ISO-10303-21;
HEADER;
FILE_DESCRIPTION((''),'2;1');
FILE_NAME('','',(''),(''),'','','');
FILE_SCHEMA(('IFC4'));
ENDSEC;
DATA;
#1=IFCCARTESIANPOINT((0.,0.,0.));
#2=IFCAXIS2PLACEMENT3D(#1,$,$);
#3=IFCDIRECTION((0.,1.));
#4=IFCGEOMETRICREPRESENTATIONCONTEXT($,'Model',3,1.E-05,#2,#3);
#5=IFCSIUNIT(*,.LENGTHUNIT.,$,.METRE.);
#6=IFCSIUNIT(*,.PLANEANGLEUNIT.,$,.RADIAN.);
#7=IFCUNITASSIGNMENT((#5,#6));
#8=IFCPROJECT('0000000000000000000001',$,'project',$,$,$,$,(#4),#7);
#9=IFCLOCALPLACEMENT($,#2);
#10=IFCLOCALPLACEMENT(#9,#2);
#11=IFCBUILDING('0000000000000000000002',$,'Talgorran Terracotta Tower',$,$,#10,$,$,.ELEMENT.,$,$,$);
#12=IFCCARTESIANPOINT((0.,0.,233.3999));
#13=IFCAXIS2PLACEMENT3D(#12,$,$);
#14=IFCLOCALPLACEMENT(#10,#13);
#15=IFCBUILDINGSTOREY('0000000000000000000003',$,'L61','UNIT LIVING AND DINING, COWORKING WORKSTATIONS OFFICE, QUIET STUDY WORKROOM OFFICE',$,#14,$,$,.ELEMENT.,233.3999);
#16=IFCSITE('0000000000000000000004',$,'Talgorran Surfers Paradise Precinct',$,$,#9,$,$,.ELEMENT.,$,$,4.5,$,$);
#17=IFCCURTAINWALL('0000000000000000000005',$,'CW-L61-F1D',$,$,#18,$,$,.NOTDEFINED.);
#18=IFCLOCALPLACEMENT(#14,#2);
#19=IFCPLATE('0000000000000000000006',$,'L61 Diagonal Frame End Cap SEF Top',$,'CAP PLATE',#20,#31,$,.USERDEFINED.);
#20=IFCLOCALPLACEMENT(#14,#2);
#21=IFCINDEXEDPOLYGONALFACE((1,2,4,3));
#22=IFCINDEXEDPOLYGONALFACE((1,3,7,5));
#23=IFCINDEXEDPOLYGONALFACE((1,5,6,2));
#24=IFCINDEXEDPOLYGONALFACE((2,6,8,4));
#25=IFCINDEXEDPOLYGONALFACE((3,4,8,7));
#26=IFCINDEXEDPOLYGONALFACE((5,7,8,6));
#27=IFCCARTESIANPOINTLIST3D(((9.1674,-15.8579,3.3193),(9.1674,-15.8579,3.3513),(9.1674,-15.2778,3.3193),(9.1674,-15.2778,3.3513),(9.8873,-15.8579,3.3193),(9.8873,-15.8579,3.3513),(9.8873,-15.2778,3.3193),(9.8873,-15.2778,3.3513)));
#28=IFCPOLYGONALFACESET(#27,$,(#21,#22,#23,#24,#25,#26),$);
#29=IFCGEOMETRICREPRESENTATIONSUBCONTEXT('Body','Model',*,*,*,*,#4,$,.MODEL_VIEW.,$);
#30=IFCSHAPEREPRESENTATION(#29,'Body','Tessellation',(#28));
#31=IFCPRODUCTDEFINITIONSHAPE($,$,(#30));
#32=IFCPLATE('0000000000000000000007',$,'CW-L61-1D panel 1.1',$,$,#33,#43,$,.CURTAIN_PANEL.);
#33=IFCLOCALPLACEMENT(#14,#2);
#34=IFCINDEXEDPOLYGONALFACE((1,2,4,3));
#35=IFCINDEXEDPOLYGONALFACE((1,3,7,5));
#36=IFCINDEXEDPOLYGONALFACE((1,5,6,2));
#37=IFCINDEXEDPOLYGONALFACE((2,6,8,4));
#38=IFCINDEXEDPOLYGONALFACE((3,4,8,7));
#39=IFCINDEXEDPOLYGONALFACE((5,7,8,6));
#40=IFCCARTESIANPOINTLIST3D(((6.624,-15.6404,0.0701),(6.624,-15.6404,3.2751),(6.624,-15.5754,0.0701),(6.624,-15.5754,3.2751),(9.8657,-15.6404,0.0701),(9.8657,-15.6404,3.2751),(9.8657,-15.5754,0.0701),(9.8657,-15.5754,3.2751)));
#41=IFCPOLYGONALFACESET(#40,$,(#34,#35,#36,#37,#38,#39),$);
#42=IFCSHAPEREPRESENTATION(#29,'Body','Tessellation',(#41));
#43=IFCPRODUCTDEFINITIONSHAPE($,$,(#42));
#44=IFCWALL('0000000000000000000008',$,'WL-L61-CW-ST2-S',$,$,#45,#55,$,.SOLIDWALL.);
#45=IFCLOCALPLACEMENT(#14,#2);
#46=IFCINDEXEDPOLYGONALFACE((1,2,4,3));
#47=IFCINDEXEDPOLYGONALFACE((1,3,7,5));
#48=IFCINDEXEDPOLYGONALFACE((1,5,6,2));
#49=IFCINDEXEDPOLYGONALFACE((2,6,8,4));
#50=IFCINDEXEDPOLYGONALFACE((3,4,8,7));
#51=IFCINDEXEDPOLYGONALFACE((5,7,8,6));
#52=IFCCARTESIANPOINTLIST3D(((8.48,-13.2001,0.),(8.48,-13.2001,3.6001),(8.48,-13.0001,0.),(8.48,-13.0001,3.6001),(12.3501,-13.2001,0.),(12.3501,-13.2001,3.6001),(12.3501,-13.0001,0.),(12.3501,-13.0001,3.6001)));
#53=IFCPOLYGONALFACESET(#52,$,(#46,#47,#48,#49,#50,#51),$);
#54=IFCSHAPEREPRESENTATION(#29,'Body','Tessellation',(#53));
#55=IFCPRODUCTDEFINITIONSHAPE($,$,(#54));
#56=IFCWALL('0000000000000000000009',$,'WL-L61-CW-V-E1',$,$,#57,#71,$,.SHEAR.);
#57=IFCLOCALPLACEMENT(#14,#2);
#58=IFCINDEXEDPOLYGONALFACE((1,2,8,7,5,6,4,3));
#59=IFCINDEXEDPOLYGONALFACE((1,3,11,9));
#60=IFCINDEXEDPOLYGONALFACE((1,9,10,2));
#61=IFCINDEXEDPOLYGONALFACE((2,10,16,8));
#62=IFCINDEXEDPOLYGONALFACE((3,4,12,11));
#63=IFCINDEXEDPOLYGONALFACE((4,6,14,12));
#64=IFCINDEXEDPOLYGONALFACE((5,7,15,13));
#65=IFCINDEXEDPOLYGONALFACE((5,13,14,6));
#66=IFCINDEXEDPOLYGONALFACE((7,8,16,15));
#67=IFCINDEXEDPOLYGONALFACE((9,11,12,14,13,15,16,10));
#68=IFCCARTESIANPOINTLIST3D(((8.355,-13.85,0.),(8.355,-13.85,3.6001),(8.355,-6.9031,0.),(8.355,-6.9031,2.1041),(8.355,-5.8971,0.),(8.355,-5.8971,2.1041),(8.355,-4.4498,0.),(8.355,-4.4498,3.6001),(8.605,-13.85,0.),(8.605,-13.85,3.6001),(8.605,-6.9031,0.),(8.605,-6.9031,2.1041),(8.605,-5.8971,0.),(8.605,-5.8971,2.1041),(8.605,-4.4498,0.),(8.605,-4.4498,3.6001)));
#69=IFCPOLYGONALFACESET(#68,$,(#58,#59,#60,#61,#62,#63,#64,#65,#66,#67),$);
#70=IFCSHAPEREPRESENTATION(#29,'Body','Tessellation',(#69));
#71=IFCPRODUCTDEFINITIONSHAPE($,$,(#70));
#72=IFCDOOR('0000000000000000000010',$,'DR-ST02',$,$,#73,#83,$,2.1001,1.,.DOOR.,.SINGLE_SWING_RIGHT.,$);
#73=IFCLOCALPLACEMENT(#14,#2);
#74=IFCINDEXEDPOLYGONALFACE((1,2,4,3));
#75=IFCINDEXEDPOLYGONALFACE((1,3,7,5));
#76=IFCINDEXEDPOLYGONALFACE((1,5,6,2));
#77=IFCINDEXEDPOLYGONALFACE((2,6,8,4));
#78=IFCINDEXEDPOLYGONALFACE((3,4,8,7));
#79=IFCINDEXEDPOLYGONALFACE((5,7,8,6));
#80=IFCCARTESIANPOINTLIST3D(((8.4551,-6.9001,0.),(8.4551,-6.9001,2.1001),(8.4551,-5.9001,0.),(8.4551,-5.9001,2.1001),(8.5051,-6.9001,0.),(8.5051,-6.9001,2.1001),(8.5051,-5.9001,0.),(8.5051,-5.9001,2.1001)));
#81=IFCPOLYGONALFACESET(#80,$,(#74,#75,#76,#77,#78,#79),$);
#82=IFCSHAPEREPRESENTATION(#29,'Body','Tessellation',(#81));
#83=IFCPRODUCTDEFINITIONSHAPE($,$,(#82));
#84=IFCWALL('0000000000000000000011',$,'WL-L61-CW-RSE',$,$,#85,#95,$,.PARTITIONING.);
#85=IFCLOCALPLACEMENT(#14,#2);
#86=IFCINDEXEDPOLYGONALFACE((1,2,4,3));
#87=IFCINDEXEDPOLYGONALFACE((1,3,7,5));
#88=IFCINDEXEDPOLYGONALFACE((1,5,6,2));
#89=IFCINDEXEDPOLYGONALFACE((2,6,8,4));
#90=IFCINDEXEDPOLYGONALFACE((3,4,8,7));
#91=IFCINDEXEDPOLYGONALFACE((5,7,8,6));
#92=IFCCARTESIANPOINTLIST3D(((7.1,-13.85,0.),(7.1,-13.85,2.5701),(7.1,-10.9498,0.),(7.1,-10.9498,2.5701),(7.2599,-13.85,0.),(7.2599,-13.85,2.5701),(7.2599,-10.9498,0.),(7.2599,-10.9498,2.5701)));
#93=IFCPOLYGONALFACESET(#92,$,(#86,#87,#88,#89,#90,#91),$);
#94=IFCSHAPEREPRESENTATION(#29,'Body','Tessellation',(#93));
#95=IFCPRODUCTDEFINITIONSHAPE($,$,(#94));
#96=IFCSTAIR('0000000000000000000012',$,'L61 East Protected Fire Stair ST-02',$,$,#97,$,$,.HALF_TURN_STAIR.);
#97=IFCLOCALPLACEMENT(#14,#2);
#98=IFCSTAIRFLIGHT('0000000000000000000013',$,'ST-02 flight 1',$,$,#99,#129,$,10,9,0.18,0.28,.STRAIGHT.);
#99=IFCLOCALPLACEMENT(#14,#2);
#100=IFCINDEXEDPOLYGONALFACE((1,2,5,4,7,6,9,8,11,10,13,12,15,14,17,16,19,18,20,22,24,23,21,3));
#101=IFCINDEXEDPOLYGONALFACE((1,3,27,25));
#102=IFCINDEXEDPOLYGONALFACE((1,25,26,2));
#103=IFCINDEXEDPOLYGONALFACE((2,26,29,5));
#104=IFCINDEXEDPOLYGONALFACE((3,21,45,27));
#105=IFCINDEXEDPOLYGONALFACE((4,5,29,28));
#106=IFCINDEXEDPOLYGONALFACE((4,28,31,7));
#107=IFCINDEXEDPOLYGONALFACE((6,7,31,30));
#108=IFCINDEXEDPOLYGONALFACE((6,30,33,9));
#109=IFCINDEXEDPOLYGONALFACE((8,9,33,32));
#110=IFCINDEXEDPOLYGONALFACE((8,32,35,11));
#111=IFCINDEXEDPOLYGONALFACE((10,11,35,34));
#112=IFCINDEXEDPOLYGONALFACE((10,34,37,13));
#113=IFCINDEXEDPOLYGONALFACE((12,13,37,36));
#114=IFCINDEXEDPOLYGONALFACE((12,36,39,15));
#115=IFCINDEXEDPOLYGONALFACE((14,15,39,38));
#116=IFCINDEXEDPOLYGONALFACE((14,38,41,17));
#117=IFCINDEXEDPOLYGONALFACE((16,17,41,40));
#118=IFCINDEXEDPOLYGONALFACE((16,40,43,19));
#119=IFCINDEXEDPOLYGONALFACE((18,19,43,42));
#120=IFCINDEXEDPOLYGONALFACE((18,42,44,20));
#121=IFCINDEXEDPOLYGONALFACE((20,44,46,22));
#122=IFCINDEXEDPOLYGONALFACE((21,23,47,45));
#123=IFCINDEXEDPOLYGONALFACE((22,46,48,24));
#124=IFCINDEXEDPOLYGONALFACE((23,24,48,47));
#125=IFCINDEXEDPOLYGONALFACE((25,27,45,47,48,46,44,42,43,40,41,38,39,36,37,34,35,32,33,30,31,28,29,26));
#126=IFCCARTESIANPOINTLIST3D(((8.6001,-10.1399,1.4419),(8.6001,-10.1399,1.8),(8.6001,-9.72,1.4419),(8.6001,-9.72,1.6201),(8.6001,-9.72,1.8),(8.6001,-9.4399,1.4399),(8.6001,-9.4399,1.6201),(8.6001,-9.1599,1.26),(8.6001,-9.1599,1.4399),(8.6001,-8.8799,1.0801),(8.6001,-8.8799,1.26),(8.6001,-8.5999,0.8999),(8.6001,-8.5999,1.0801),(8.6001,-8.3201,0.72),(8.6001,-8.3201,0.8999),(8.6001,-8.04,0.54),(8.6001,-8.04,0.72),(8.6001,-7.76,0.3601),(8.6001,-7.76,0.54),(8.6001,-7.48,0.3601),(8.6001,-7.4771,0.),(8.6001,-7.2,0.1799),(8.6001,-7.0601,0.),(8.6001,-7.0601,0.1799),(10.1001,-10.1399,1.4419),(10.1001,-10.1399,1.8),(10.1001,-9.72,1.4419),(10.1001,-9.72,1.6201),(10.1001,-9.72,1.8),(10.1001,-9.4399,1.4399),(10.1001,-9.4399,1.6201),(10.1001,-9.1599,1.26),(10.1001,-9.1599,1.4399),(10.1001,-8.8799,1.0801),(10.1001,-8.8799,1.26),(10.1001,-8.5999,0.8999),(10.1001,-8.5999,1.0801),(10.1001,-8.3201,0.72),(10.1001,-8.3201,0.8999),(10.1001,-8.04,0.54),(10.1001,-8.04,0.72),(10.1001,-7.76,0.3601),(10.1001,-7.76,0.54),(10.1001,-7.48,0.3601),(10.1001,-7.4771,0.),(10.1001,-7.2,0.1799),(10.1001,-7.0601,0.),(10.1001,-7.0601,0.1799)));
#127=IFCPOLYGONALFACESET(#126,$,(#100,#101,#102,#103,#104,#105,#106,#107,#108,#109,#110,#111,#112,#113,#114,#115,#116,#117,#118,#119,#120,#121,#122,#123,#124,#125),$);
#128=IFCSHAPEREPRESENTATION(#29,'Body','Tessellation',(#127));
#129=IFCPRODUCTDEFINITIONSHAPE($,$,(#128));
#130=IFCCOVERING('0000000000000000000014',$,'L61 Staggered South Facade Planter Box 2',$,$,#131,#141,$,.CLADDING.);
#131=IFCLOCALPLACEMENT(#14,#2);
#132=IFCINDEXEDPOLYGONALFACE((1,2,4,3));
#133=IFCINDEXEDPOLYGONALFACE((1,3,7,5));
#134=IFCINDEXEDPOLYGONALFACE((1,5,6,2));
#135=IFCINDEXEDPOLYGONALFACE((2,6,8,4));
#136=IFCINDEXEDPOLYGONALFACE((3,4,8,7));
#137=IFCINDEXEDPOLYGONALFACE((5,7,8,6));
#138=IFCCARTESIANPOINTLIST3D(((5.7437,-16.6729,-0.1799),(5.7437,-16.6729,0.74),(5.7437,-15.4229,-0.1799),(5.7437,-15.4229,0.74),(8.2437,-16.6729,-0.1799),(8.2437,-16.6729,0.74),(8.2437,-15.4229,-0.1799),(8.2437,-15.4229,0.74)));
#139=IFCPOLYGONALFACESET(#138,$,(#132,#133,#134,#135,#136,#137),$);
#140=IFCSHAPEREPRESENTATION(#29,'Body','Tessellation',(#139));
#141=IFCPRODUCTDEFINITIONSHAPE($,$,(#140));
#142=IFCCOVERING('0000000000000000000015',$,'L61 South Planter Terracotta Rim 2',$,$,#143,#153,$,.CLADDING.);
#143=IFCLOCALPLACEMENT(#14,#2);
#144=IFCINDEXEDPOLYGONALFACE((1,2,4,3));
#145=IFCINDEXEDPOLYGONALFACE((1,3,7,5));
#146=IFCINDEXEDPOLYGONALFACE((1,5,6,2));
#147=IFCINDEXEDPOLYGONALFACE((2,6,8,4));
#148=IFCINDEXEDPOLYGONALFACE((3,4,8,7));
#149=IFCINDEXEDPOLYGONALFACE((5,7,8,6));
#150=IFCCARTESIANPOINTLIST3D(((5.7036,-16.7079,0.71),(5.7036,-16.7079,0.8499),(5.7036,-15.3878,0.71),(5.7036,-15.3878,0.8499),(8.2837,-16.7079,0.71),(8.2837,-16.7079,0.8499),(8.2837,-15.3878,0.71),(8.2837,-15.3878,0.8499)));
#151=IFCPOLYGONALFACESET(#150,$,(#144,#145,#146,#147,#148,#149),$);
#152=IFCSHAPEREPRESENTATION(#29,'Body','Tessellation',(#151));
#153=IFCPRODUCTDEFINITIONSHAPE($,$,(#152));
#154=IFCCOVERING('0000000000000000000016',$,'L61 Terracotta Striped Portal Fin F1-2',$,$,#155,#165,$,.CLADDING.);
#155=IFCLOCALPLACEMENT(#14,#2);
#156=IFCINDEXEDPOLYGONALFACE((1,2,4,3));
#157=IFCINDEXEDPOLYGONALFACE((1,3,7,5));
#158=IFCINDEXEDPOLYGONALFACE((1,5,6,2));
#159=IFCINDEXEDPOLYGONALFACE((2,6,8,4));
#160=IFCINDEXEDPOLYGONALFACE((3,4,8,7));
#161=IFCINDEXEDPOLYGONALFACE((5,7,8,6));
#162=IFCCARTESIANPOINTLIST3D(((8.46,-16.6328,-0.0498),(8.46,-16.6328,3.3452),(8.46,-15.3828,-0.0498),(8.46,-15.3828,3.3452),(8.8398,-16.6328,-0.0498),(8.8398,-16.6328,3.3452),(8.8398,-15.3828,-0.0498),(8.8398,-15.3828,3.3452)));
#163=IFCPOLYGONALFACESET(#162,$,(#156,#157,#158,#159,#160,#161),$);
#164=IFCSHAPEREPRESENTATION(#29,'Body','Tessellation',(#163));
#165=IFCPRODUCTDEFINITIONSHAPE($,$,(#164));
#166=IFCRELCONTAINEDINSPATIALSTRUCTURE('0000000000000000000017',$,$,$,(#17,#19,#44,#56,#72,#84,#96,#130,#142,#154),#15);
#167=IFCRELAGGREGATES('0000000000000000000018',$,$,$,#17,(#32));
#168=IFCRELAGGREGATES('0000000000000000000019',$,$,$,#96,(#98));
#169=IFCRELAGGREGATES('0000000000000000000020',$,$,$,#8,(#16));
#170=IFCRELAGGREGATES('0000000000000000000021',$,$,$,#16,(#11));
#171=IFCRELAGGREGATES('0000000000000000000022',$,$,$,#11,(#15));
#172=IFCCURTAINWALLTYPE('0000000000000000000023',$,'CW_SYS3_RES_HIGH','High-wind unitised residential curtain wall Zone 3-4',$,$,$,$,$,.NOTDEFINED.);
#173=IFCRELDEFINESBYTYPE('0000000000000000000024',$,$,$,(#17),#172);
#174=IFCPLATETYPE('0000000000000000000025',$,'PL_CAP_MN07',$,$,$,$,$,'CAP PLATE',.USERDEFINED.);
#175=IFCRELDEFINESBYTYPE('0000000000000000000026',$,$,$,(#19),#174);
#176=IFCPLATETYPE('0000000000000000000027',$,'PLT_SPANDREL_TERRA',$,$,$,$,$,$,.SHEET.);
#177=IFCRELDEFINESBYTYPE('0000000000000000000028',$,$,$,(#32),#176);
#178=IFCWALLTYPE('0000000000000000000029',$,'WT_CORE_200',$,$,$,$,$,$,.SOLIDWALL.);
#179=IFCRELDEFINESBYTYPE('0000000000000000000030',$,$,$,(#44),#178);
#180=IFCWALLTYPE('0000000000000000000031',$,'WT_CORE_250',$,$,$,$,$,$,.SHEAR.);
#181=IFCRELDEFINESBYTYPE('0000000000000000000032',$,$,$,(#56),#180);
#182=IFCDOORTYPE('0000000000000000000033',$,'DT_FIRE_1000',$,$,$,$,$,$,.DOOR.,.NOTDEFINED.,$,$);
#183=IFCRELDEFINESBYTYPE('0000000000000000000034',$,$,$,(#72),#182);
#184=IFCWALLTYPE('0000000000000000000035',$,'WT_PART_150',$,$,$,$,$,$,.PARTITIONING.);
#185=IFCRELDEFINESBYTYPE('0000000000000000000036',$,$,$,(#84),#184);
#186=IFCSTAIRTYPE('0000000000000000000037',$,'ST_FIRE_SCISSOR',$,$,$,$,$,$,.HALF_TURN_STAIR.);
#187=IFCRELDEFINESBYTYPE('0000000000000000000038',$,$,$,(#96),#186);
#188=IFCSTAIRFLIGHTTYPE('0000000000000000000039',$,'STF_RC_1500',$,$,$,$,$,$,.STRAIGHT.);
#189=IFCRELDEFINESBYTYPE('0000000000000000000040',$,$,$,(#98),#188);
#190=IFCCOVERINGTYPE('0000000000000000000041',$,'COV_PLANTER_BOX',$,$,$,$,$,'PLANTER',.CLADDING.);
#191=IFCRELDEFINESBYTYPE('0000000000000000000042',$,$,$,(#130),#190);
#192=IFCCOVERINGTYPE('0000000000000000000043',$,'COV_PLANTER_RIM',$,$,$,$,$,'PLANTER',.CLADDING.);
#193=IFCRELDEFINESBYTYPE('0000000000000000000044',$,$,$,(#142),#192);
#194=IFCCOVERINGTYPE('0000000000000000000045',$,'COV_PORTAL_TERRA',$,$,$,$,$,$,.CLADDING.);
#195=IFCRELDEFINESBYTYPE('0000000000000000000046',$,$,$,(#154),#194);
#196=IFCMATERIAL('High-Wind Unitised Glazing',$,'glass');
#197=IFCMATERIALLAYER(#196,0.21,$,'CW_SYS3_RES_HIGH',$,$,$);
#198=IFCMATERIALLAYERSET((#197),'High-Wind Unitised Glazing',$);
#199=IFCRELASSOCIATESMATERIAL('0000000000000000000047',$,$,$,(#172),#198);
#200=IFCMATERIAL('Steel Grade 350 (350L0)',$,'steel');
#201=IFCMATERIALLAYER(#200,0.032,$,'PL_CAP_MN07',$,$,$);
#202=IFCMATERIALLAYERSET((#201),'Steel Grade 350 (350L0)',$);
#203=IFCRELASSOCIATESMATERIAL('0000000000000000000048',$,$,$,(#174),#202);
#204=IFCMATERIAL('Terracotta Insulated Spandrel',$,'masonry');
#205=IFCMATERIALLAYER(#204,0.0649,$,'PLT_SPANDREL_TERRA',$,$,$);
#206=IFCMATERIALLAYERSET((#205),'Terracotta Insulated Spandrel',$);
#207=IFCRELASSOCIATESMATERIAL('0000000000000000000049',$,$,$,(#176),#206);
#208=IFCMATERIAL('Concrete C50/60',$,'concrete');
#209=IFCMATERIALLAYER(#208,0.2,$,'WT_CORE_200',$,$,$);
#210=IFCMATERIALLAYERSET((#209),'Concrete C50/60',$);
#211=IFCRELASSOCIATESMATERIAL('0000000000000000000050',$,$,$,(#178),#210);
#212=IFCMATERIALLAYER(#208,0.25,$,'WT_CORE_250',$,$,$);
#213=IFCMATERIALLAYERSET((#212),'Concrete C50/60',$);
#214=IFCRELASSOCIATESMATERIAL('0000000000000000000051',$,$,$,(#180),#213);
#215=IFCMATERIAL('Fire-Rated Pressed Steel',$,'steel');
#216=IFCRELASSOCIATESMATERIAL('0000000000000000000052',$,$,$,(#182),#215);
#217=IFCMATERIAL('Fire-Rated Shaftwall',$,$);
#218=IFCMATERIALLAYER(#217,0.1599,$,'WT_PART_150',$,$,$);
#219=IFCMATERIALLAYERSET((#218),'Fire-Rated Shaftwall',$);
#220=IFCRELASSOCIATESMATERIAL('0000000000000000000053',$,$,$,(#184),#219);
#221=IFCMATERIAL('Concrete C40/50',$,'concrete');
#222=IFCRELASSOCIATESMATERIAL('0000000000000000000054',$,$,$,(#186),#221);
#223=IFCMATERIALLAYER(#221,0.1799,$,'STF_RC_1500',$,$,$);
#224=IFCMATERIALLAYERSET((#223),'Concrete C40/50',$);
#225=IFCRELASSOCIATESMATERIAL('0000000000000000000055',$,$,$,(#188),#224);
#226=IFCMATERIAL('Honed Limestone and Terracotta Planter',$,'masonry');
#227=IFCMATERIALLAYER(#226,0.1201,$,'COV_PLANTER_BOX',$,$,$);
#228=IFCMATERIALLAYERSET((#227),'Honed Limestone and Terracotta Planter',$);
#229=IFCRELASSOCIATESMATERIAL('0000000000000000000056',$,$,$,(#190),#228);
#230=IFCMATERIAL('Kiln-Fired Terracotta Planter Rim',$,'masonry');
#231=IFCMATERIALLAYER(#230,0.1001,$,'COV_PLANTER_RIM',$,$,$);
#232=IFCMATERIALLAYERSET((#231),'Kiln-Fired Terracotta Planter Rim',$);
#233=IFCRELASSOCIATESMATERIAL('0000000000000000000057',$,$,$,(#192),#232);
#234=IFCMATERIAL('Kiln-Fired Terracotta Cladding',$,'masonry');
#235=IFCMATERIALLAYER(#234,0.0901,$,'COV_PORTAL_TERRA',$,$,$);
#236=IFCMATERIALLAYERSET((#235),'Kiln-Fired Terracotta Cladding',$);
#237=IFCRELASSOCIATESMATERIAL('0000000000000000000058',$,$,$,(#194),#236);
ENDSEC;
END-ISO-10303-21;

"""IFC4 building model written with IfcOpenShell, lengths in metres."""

from ifc_helpers import new_model, si_unit, direction, frame, frame_2d, origin, origin_2d, place, context, subcontext, project, spatial, polyline, rectangle, outline, extrude, source, transform, mapped, material, layer, layer_set, type_object, type_shapes, element, fill, aggregate, save


model = new_model("IFC4")

# Units and contexts
model_context = context("Model", 3, precision=1e-05, world=origin(), true_north=direction((0.0, 1.0)))
body_context = subcontext(model_context, "Body", "Model", "MODEL_VIEW")
ifc_project = project(units=[si_unit("LENGTHUNIT", "METRE"), si_unit("PLANEANGLEUNIT", "RADIAN")], contexts=[model_context])

# Site, building, storey
site_placement = place(None, origin())
site = spatial("IfcSite", under=ifc_project, at=site_placement, Name="Talgorran Surfers Paradise Precinct", CompositionType="ELEMENT", RefElevation=4.5)
building_placement = place(site_placement, origin())
building = spatial("IfcBuilding", under=site, at=building_placement, Name="Talgorran Terracotta Tower", CompositionType="ELEMENT")
storey_placement = place(building_placement, frame((0.0, 0.0, 233.3999)))
storey = spatial("IfcBuildingStorey", under=building, at=storey_placement, Name="L61", Description="UNIT LIVING AND DINING, COWORKING WORKSTATIONS OFFICE, QUIET STUDY WORKROOM OFFICE", CompositionType="ELEMENT", Elevation=233.3999)

# Shared definitions
ifc_material_1 = material(Name="Steel Grade 350 (350L0)", Category="steel")

# Curtain wall
ifc_material_2 = material(Name="High-Wind Unitised Glazing", Category="glass")
ifc_layer_1 = layer(ifc_material_2, 0.21, Name="CW_SYS3_RES_HIGH")
ifc_layer_set_1 = layer_set([ifc_layer_1], Name="High-Wind Unitised Glazing")
curtain_wall_type = type_object("IfcCurtainWallType", Name="CW_SYS3_RES_HIGH", Description="High-wind unitised residential curtain wall Zone 3-4", PredefinedType="NOTDEFINED", material=ifc_layer_set_1)
curtain_wall_1_placement = place(storey_placement, origin())
curtain_wall_1 = element("IfcCurtainWall", 1, at=curtain_wall_1_placement, inside=storey, type_object=curtain_wall_type, Name="CW-L61-F1D", PredefinedType="NOTDEFINED")

# Plate
ifc_layer_2 = layer(ifc_material_1, 0.032, Name="PL_CAP_MN07")
ifc_layer_set_2 = layer_set([ifc_layer_2], Name="Steel Grade 350 (350L0)")
plate_type_1 = type_object("IfcPlateType", Name="PL_CAP_MN07", ElementType="CAP PLATE", PredefinedType="USERDEFINED", material=ifc_layer_set_2)
for number, where, z_axis, x_axis, name in (
    (2, (9.5273, -15.5679, 3.3193), (0.0, 0.0, 1.0), (1.0, 0.0, 0.0), "L61 Diagonal Frame End Cap SEF Top"),
):
    element("IfcPlate", number, at=place(storey_placement, frame(where, z_axis=z_axis, x_axis=x_axis)), inside=storey, type_object=plate_type_1, Name=name, ObjectType="CAP PLATE", PredefinedType="USERDEFINED", context=body_context, shape_type="SweptSolid", body=[
        extrude(rectangle(XDim=0.72, YDim=0.5801, at=origin_2d()), origin(), (0.0, 0.0, 1.0), 0.032),
    ])

# Plate
ifc_material_3 = material(Name="Terracotta Insulated Spandrel", Category="masonry")
ifc_layer_3 = layer(ifc_material_3, 0.0649, Name="PLT_SPANDREL_TERRA")
ifc_layer_set_3 = layer_set([ifc_layer_3], Name="Terracotta Insulated Spandrel")
plate_type_2 = type_object("IfcPlateType", Name="PLT_SPANDREL_TERRA", PredefinedType="SHEET", material=ifc_layer_set_3)
shared_shape = source(origin(), body_context, "Body", "SweptSolid", [
    extrude(rectangle(XDim=3.2417, YDim=0.0649, at=origin_2d()), origin(), (0.0, 0.0, 1.0), 3.2051),
])
type_shapes(plate_type_2, [shared_shape])
plate_placement = place(storey_placement, frame((8.2449, -15.6079, 0.0701), z_axis=(0.0, 0.0, 1.0), x_axis=(1.0, 0.0, 0.0)))
plate = element("IfcPlate", 3, at=plate_placement, type_object=plate_type_2, Name="CW-L61-1D panel 1.1", PredefinedType="CURTAIN_PANEL", context=body_context, shape_type="MappedRepresentation", body=[
    mapped(shared_shape, transform((0.0, 0.0, 0.0), scale=1.0)),
])
aggregate(curtain_wall_1, [plate])

# Wall
ifc_material_4 = material(Name="Concrete C50/60", Category="concrete")
ifc_layer_4 = layer(ifc_material_4, 0.2, Name="WT_CORE_200")
ifc_layer_set_4 = layer_set([ifc_layer_4], Name="Concrete C50/60")
wall_type_1 = type_object("IfcWallType", Name="WT_CORE_200", PredefinedType="SOLIDWALL", material=ifc_layer_set_4)
wall_1_placement = place(storey_placement, frame((8.48, -13.1001, 0.0), z_axis=(0.0, 0.0, 1.0), x_axis=(1.0, 0.0, 0.0)))
element("IfcWall", 4, at=wall_1_placement, inside=storey, type_object=wall_type_1, Name="WL-L61-CW-ST2-S", PredefinedType="SOLIDWALL", context=body_context, shape_type="SweptSolid", body=[
    extrude(rectangle(XDim=3.8701, YDim=0.2, at=frame_2d((1.9351, 0.0))), origin(), (0.0, 0.0, 1.0), 3.6001),
])

# Wall, opening, door
ifc_layer_5 = layer(ifc_material_4, 0.25, Name="WT_CORE_250")
ifc_layer_set_5 = layer_set([ifc_layer_5], Name="Concrete C50/60")
wall_type_2 = type_object("IfcWallType", Name="WT_CORE_250", PredefinedType="SHEAR", material=ifc_layer_set_5)
wall_2_placement = place(storey_placement, frame((8.48, -13.8501, 0.0), z_axis=(0.0, 0.0, 1.0), x_axis=(0.0, 1.0, 0.0)))
wall_2 = element("IfcWall", 5, at=wall_2_placement, inside=storey, type_object=wall_type_2, Name="WL-L61-CW-V-E1", PredefinedType="SHEAR", context=body_context, shape_type="SweptSolid", body=[
    extrude(rectangle(XDim=9.4001, YDim=0.25, at=frame_2d((4.7002, 0.0))), origin(), (0.0, 0.0, 1.0), 3.6001),
])
opening_placement = place(wall_2_placement, frame((6.95, 0.0, 0.0)))
opening = element("IfcOpeningElement", 6, at=opening_placement, cuts=wall_2, PredefinedType="OPENING", context=body_context, shape_type="SweptSolid", body=[
    extrude(rectangle(XDim=1.006, YDim=2.1041, at=frame_2d((0.5, 1.052))), frame((0.0, 0.135, 0.0), z_axis=(0.0, -1.0, 0.0), x_axis=(1.0, 0.0, 0.0)), (0.0, 0.0, 1.0), 0.27),
])
ifc_material_5 = material(Name="Fire-Rated Pressed Steel", Category="steel")
door_type = type_object("IfcDoorType", Name="DT_FIRE_1000", OperationType="NOTDEFINED", PredefinedType="DOOR", material=ifc_material_5)
door_placement = place(opening_placement, origin())
door = element("IfcDoor", 7, at=door_placement, inside=storey, type_object=door_type, Name="DR-ST02", OperationType="SINGLE_SWING_RIGHT", OverallHeight=2.1001, OverallWidth=1.0, PredefinedType="DOOR", context=body_context, shape_type="SweptSolid", body=[
    extrude(rectangle(XDim=1.0, YDim=2.1001, at=frame_2d((0.5, 1.05))), frame((0.0, 0.0249, 0.0), z_axis=(0.0, -1.0, 0.0), x_axis=(1.0, 0.0, 0.0)), (0.0, 0.0, 1.0), 0.05),
])
fill(opening, door)

# Wall
ifc_material_6 = material(Name="Fire-Rated Shaftwall")
ifc_layer_6 = layer(ifc_material_6, 0.1599, Name="WT_PART_150")
ifc_layer_set_6 = layer_set([ifc_layer_6], Name="Fire-Rated Shaftwall")
wall_type_3 = type_object("IfcWallType", Name="WT_PART_150", PredefinedType="PARTITIONING", material=ifc_layer_set_6)
wall_3_placement = place(storey_placement, frame((7.1799, -13.8501, 0.0), z_axis=(0.0, 0.0, 1.0), x_axis=(0.0, 1.0, 0.0)))
element("IfcWall", 8, at=wall_3_placement, inside=storey, type_object=wall_type_3, Name="WL-L61-CW-RSE", PredefinedType="PARTITIONING", context=body_context, shape_type="SweptSolid", body=[
    extrude(rectangle(XDim=2.9001, YDim=0.1599, at=frame_2d((1.4502, 0.0))), origin(), (0.0, 0.0, 1.0), 2.5701),
])

# Stair, stair flight
ifc_material_7 = material(Name="Concrete C40/50", Category="concrete")
stair_type = type_object("IfcStairType", Name="ST_FIRE_SCISSOR", PredefinedType="HALF_TURN_STAIR", material=ifc_material_7)
stair_placement = place(storey_placement, origin())
stair = element("IfcStair", 9, at=stair_placement, inside=storey, type_object=stair_type, Name="L61 East Protected Fire Stair ST-02", PredefinedType="HALF_TURN_STAIR")
ifc_layer_7 = layer(ifc_material_7, 0.1799, Name="STF_RC_1500")
ifc_layer_set_7 = layer_set([ifc_layer_7], Name="Concrete C40/50")
stair_flight_type = type_object("IfcStairFlightType", Name="STF_RC_1500", PredefinedType="STRAIGHT", material=ifc_layer_set_7)
stair_flight_placement = place(storey_placement, frame((9.3501, -7.2, 0.0), z_axis=(0.0, 0.0, 1.0), x_axis=(0.0, -1.0, 0.0)))
stair_flight = element("IfcStairFlight", 10, at=stair_flight_placement, type_object=stair_flight_type, Name="ST-02 flight 1", NumberOfRisers=10, NumberOfTreads=9, PredefinedType="STRAIGHT", RiserHeight=0.18, TreadLength=0.28, context=body_context, shape_type="SweptSolid", body=[
    extrude(outline(polyline([(-0.1399, 0.0), (-0.1399, 0.1799), (0.0, 0.1799), (0.28, 0.3601), (0.5601, 0.3601), (0.5601, 0.54), (0.8401, 0.54), (0.8401, 0.72), (1.1201, 0.72), (1.1201, 0.8999), (1.3999, 0.8999), (1.3999, 1.0801), (1.6799, 1.0801), (1.6799, 1.26), (1.96, 1.26), (1.96, 1.4399), (2.24, 1.4399), (2.24, 1.6201), (2.52, 1.6201), (2.52, 1.8), (2.9399, 1.8), (2.9399, 1.4419), (2.52, 1.4419), (0.2771, 0.0), (-0.1399, 0.0)])), frame((0.0, 0.75, 0.0), z_axis=(0.0, -1.0, 0.0), x_axis=(1.0, 0.0, 0.0)), (0.0, 0.0, 1.0), 1.5),
])
aggregate(stair, [stair_flight])

# Coverings
ifc_material_8 = material(Name="Honed Limestone and Terracotta Planter", Category="masonry")
ifc_layer_8 = layer(ifc_material_8, 0.1201, Name="COV_PLANTER_BOX")
ifc_layer_set_8 = layer_set([ifc_layer_8], Name="Honed Limestone and Terracotta Planter")
covering_type_1 = type_object("IfcCoveringType", Name="COV_PLANTER_BOX", ElementType="PLANTER", PredefinedType="CLADDING", material=ifc_layer_set_8)
covering_1_placement = place(storey_placement, frame((6.9937, -16.0479, -0.1799), z_axis=(0.0, 0.0, 1.0), x_axis=(1.0, 0.0, 0.0)))
element("IfcCovering", 11, at=covering_1_placement, inside=storey, type_object=covering_type_1, Name="L61 Staggered South Facade Planter Box 2", PredefinedType="CLADDING", context=body_context, shape_type="SweptSolid", body=[
    extrude(rectangle(XDim=2.5, YDim=1.25, at=origin_2d()), origin(), (0.0, 0.0, 1.0), 0.9199),
])
ifc_material_9 = material(Name="Kiln-Fired Terracotta Planter Rim", Category="masonry")
ifc_layer_9 = layer(ifc_material_9, 0.1001, Name="COV_PLANTER_RIM")
ifc_layer_set_9 = layer_set([ifc_layer_9], Name="Kiln-Fired Terracotta Planter Rim")
covering_type_2 = type_object("IfcCoveringType", Name="COV_PLANTER_RIM", ElementType="PLANTER", PredefinedType="CLADDING", material=ifc_layer_set_9)
covering_2_placement = place(storey_placement, frame((6.9937, -16.0479, 0.71), z_axis=(0.0, 0.0, 1.0), x_axis=(1.0, 0.0, 0.0)))
element("IfcCovering", 12, at=covering_2_placement, inside=storey, type_object=covering_type_2, Name="L61 South Planter Terracotta Rim 2", PredefinedType="CLADDING", context=body_context, shape_type="SweptSolid", body=[
    extrude(rectangle(XDim=2.5801, YDim=1.3201, at=origin_2d()), origin(), (0.0, 0.0, 1.0), 0.1399),
])
ifc_material_10 = material(Name="Kiln-Fired Terracotta Cladding", Category="masonry")
ifc_layer_10 = layer(ifc_material_10, 0.0901, Name="COV_PORTAL_TERRA")
ifc_layer_set_10 = layer_set([ifc_layer_10], Name="Kiln-Fired Terracotta Cladding")
covering_type_3 = type_object("IfcCoveringType", Name="COV_PORTAL_TERRA", PredefinedType="CLADDING", material=ifc_layer_set_10)
covering_3_placement = place(storey_placement, frame((8.6499, -16.0078, -0.0498), z_axis=(0.0, 0.0, 1.0), x_axis=(1.0, 0.0, 0.0)))
element("IfcCovering", 13, at=covering_3_placement, inside=storey, type_object=covering_type_3, Name="L61 Terracotta Striped Portal Fin F1-2", PredefinedType="CLADDING", context=body_context, shape_type="SweptSolid", body=[
    extrude(rectangle(XDim=0.3799, YDim=1.25, at=origin_2d()), origin(), (0.0, 0.0, 1.0), 3.395),
])

save(model, "model.ifc")
